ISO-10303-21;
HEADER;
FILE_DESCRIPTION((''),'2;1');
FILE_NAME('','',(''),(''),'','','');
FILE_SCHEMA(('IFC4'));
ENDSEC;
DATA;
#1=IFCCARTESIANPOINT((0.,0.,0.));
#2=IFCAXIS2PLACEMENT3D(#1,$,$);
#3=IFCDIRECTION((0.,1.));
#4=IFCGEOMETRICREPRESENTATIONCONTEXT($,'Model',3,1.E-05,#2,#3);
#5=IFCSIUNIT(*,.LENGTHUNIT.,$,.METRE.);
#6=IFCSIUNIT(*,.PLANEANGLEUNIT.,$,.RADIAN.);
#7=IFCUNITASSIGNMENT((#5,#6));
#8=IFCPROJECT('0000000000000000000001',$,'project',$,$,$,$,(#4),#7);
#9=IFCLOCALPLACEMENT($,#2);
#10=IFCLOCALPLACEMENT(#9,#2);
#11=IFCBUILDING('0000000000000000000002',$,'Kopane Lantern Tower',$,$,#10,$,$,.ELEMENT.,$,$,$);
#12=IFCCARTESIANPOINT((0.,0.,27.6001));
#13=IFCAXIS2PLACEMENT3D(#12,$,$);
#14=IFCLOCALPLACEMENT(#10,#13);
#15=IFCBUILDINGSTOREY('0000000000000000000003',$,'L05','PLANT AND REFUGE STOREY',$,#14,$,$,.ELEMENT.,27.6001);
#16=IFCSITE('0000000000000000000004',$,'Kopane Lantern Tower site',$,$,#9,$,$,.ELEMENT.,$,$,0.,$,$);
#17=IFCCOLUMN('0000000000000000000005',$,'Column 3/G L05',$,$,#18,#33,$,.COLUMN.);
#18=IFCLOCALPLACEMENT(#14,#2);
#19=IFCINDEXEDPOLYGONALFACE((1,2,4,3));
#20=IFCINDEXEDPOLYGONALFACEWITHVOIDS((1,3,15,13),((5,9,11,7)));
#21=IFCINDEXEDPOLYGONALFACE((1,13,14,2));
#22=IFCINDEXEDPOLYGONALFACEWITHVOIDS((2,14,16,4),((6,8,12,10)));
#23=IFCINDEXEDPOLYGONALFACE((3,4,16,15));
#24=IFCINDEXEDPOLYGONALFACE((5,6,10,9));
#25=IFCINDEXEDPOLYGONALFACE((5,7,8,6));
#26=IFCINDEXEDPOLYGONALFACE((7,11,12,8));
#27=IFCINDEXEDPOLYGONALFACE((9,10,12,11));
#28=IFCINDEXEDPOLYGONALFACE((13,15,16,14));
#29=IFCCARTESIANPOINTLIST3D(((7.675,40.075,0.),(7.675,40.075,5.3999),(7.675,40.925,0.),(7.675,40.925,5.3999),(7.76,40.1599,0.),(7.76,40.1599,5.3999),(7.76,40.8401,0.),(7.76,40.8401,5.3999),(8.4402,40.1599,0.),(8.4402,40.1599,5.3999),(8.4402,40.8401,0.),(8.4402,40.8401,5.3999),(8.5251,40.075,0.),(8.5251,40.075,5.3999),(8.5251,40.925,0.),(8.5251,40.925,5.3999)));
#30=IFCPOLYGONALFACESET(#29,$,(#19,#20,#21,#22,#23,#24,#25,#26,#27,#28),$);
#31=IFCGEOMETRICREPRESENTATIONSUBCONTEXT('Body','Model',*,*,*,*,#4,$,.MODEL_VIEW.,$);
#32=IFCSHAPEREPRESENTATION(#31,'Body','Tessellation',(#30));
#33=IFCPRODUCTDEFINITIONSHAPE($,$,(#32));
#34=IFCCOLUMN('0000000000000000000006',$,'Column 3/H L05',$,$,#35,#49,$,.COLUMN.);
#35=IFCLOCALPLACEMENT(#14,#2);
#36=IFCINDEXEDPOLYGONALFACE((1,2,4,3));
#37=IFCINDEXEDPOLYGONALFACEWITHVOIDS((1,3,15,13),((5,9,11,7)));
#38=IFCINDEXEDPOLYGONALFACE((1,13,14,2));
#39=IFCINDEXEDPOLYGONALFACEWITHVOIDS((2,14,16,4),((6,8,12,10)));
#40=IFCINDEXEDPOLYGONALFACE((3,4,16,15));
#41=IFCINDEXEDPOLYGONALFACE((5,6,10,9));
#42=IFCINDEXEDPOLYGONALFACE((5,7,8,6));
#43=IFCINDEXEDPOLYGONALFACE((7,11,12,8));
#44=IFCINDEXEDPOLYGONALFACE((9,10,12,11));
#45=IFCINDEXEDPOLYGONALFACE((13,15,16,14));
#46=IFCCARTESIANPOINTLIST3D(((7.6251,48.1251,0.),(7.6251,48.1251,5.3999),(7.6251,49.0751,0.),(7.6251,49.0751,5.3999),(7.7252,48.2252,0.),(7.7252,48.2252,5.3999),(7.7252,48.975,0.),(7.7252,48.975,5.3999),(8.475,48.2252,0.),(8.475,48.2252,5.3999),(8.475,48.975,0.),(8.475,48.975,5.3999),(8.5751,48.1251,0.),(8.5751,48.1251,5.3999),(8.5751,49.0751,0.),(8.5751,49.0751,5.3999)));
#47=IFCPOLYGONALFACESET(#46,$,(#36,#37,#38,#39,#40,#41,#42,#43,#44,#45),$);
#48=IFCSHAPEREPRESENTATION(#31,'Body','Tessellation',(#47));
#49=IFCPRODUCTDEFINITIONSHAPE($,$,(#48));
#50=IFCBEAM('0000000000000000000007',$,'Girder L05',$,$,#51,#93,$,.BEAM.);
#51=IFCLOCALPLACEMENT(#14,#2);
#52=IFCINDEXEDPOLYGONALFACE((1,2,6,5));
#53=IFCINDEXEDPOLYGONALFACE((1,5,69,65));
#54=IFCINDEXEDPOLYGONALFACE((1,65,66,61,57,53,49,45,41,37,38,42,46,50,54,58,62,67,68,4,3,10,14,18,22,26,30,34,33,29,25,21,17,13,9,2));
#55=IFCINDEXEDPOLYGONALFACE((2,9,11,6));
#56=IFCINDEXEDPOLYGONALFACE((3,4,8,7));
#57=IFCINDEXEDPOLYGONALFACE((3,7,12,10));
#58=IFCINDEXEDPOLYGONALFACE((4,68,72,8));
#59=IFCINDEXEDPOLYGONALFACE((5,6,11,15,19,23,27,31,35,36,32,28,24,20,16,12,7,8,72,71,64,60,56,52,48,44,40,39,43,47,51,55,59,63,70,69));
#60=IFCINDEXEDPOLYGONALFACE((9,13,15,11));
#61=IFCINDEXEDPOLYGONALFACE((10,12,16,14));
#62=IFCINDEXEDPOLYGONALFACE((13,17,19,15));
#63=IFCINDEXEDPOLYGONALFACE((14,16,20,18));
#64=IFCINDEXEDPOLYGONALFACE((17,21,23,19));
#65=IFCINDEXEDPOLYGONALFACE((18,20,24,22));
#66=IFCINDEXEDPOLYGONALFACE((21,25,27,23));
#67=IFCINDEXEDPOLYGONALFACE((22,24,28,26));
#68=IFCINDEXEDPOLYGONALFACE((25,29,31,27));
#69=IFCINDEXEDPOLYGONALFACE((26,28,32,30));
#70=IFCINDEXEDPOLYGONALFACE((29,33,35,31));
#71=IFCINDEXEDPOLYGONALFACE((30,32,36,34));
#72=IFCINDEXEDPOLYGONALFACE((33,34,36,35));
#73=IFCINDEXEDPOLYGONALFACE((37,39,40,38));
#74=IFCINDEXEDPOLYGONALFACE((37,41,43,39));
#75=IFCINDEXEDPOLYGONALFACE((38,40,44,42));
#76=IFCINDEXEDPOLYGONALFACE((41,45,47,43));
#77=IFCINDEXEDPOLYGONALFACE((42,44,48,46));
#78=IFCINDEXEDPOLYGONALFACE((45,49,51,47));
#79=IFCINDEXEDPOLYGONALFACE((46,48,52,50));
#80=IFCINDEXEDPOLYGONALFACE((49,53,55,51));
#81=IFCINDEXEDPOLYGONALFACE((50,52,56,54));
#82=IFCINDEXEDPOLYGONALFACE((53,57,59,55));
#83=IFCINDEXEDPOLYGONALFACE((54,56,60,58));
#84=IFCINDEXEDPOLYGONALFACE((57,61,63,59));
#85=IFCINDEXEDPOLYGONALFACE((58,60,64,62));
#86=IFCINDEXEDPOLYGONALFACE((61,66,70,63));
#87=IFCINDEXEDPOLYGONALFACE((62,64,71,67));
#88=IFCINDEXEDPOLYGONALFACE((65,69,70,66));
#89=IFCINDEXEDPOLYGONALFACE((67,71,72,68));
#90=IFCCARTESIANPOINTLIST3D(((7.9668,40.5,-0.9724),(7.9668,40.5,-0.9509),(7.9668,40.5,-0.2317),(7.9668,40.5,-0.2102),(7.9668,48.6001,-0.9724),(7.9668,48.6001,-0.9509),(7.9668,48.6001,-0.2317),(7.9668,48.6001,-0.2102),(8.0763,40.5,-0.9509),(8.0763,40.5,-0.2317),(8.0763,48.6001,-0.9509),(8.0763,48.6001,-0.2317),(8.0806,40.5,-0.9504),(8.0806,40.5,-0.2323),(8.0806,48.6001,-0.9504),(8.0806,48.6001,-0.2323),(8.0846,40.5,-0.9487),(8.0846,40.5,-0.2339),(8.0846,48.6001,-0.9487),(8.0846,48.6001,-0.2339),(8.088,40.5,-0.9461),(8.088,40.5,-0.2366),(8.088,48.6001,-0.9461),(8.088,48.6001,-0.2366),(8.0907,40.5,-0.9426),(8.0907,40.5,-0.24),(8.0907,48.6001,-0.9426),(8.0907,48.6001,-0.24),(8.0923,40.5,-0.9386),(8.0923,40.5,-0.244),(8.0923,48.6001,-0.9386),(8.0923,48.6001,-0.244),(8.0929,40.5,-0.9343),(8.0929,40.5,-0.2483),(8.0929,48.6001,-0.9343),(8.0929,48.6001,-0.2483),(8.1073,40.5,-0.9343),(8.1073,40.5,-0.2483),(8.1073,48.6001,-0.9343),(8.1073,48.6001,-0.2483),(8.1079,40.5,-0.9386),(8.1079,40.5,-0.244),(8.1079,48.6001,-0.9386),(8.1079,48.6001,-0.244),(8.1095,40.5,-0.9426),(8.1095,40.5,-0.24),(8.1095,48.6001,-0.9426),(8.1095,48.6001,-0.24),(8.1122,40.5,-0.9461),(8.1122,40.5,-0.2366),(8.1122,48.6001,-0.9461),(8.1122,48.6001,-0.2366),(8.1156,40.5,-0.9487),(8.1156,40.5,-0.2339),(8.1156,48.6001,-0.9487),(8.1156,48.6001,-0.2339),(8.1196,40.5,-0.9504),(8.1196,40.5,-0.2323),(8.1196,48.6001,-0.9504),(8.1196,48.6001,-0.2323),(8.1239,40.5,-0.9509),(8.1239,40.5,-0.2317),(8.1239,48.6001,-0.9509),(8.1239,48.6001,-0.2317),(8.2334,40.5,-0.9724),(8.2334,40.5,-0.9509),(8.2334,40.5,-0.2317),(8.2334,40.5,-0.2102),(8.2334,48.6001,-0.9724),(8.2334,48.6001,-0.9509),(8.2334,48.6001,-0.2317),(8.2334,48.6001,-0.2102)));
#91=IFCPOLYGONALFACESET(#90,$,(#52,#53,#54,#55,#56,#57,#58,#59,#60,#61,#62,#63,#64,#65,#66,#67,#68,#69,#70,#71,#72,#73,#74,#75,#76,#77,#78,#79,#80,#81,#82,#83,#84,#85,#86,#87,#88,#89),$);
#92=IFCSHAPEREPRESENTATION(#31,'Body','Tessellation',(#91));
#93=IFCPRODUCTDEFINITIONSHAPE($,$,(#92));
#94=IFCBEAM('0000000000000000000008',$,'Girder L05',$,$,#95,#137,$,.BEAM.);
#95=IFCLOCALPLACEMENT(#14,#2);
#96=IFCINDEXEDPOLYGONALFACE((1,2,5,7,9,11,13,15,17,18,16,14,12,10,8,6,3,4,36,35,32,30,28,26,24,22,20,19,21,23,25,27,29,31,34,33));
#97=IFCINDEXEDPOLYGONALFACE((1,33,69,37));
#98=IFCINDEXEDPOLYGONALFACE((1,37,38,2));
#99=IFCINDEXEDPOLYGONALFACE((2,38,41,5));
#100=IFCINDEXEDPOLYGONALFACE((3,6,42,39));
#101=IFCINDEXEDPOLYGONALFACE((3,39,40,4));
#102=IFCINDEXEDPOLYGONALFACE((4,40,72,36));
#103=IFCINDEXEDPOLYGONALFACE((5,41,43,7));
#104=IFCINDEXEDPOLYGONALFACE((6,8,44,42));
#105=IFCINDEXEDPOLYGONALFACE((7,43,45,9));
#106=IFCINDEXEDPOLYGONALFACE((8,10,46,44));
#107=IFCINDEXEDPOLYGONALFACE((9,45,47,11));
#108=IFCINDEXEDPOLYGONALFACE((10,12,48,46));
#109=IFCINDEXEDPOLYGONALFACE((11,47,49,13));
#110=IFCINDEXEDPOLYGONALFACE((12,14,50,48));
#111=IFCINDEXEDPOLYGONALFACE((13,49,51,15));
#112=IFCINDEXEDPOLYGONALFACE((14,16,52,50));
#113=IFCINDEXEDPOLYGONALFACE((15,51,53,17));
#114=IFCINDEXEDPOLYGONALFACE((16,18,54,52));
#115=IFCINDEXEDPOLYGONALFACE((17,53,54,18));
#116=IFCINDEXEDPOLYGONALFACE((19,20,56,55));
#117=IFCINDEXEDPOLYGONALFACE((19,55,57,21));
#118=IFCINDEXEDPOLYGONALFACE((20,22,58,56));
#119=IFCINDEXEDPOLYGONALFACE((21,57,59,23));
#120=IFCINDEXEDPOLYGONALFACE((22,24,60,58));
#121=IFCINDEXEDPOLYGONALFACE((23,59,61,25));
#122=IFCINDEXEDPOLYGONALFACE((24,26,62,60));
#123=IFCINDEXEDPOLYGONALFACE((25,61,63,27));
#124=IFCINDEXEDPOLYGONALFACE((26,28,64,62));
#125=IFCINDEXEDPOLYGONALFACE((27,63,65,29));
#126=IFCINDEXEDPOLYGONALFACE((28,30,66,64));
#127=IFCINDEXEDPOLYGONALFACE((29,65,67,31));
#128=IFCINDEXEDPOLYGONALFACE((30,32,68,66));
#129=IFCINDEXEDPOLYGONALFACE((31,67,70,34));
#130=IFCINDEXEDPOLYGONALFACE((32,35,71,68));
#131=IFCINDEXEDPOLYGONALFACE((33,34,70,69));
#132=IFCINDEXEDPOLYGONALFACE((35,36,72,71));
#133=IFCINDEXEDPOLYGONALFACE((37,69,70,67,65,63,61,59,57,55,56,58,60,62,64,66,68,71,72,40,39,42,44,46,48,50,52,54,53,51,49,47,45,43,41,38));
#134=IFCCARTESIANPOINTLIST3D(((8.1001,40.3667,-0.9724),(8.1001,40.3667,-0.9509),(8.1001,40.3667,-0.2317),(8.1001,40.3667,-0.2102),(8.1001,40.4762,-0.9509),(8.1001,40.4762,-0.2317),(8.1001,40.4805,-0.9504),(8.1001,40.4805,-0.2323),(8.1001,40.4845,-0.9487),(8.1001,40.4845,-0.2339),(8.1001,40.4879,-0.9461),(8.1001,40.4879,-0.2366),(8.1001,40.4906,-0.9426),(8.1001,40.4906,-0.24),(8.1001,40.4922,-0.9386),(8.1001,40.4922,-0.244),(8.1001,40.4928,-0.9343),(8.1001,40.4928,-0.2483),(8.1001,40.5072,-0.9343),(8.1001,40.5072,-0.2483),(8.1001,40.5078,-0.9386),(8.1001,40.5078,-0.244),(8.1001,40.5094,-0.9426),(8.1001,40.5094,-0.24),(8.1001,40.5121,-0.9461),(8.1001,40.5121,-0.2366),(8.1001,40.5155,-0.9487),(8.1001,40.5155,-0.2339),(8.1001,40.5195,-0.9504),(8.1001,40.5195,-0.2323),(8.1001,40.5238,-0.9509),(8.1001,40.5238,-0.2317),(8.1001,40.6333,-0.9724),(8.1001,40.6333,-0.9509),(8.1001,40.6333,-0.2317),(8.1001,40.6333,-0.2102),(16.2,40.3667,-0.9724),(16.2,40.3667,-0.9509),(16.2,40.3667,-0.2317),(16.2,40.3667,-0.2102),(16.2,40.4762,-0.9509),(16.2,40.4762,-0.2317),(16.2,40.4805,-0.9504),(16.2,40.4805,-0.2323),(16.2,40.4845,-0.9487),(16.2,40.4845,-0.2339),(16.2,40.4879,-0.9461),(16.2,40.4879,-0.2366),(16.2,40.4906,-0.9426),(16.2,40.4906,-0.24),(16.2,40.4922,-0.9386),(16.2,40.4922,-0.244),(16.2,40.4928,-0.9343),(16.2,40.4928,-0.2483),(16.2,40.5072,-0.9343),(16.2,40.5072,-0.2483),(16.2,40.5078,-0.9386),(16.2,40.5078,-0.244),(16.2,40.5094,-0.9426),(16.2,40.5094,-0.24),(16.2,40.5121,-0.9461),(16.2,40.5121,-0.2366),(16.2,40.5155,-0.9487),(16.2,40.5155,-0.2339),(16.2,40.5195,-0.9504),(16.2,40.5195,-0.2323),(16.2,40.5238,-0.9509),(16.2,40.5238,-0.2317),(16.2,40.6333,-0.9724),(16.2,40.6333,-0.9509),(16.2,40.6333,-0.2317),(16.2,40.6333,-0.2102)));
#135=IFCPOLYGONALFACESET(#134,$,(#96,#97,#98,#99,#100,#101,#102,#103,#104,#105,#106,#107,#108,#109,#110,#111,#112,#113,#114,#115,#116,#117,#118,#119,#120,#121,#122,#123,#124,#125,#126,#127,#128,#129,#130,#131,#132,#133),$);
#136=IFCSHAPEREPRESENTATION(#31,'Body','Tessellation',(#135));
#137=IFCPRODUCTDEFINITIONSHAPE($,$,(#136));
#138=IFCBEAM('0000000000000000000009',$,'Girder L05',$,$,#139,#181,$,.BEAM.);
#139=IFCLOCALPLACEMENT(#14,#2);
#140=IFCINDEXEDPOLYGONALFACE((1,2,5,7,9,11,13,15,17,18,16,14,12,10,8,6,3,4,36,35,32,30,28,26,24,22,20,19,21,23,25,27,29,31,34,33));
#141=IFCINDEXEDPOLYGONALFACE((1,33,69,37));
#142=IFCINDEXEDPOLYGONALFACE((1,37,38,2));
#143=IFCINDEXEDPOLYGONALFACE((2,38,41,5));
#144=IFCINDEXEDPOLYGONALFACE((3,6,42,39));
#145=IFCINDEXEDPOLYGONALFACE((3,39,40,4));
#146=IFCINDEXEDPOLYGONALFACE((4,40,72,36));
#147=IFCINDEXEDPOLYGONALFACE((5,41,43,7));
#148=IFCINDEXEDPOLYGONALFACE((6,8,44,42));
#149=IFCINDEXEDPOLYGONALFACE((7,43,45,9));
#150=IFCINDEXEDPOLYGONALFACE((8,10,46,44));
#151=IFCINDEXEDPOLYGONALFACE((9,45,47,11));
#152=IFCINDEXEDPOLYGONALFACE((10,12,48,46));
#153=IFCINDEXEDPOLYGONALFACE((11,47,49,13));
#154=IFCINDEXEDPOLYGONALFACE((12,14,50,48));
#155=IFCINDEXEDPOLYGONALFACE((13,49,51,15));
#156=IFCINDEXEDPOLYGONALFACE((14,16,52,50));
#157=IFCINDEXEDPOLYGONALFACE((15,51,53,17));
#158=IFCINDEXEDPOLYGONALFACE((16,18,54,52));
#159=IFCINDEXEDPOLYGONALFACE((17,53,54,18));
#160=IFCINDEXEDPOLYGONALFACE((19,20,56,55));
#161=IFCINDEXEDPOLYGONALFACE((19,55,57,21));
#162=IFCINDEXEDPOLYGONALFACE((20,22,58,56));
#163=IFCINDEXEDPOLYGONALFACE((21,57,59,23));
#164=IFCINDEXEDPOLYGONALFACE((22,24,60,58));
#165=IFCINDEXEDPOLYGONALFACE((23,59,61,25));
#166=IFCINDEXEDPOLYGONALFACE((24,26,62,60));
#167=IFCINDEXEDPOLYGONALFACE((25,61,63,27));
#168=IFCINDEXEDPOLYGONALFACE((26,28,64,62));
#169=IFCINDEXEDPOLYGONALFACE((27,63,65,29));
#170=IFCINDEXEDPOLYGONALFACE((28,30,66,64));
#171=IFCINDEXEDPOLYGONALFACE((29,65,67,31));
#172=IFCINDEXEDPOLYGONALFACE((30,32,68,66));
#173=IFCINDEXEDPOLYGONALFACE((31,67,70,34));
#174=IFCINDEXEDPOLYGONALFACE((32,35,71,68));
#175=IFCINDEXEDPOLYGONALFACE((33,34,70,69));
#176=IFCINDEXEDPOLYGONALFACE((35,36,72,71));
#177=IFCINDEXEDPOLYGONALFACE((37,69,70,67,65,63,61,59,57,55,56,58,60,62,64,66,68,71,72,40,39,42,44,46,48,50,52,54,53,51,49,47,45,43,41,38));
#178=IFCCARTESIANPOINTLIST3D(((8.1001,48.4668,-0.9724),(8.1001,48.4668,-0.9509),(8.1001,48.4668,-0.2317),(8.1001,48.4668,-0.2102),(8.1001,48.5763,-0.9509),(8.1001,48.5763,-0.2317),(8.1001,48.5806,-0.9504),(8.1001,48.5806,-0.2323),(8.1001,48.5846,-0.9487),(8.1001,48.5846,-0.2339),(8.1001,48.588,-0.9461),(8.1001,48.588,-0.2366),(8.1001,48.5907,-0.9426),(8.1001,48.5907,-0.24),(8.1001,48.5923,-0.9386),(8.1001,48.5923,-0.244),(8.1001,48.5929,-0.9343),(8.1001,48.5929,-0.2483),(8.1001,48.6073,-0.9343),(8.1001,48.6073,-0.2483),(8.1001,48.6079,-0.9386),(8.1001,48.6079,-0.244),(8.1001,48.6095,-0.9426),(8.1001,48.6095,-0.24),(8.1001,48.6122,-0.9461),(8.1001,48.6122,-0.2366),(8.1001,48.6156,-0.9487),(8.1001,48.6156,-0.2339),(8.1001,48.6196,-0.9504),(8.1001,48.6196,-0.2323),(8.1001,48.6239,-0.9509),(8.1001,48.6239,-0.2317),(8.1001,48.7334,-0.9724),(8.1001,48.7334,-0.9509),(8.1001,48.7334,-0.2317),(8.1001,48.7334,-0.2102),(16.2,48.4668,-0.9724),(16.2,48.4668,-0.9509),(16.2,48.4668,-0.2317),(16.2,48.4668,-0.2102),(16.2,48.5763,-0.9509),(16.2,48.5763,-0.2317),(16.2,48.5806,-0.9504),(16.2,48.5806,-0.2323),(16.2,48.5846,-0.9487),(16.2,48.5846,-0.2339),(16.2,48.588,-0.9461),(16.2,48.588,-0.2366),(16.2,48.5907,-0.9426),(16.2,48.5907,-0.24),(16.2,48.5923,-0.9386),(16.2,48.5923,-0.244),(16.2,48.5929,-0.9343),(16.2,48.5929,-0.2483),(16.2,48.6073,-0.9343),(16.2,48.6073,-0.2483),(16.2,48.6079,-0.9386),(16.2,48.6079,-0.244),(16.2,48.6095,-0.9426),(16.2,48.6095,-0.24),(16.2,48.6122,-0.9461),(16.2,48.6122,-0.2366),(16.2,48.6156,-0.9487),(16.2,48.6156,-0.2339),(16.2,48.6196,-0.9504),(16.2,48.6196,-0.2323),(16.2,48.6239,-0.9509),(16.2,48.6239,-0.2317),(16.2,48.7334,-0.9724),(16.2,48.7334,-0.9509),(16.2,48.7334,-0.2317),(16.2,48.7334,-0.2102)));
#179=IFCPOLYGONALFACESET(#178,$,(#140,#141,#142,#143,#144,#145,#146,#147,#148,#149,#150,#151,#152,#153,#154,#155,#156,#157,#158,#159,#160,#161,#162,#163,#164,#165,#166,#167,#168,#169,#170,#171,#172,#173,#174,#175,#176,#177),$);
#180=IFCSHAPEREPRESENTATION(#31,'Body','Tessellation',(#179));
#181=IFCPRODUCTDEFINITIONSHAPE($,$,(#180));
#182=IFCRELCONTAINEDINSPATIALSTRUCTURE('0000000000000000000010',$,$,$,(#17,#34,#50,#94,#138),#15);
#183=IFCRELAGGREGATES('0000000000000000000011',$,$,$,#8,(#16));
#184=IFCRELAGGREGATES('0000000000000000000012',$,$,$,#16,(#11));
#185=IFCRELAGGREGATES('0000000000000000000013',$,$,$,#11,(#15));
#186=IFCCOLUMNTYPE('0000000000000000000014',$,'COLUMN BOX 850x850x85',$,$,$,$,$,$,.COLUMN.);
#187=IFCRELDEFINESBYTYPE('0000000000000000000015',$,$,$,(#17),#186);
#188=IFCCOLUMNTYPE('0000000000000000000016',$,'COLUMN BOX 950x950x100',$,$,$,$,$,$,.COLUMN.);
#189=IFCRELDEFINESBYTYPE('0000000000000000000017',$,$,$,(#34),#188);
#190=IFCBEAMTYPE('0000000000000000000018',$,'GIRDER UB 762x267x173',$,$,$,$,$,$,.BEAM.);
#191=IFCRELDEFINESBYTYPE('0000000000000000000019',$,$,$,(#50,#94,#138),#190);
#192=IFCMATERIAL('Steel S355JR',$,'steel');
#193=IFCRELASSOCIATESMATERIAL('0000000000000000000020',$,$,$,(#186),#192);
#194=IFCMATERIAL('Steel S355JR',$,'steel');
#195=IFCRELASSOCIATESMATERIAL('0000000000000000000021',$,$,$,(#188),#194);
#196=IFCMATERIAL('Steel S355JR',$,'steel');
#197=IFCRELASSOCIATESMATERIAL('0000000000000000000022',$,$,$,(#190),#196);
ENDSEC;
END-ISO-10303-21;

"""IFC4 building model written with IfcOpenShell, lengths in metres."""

from ifc_helpers import new_model, si_unit, direction, frame, origin, origin_2d, place, context, subcontext, project, spatial, hollow_rectangle, i_section, extrude, material, material_profile, profile_set, type_object, element, save


model = new_model("IFC4")

# Units and contexts
model_context = context("Model", 3, precision=1e-05, world=origin(), true_north=direction((0.0, 1.0)))
body_context = subcontext(model_context, "Body", "Model", "MODEL_VIEW")
ifc_project = project(units=[si_unit("LENGTHUNIT", "METRE"), si_unit("PLANEANGLEUNIT", "RADIAN")], contexts=[model_context])

# Site, building, storey
site_placement = place(None, origin())
site = spatial("IfcSite", under=ifc_project, at=site_placement, Name="Kopane Lantern Tower site", CompositionType="ELEMENT", RefElevation=0.0)
building_placement = place(site_placement, origin())
building = spatial("IfcBuilding", under=site, at=building_placement, Name="Kopane Lantern Tower", CompositionType="ELEMENT")
storey_placement = place(building_placement, frame((0.0, 0.0, 27.6001)))
storey = spatial("IfcBuildingStorey", under=building, at=storey_placement, Name="L05", Description="PLANT AND REFUGE STOREY", CompositionType="ELEMENT", Elevation=27.6001)

# Columns
ifc_material_1 = material(Name="Steel S355JR", Category="steel")
ifc_material_profile_1 = material_profile(ifc_material_1, hollow_rectangle(XDim=0.8501, YDim=0.8501, WallThickness=0.085, at=origin_2d()), Name="BOX 850x850x85")
ifc_profile_set_1 = profile_set([ifc_material_profile_1], Name="Steel S355JR")
column_type_1 = type_object("IfcColumnType", Name="COLUMN BOX 850x850x85", PredefinedType="COLUMN", material=ifc_profile_set_1)
column_1_placement = place(storey_placement, frame((8.1001, 40.5, 0.0), z_axis=(0.0, 0.0, 1.0), x_axis=(1.0, 0.0, 0.0)))
element("IfcColumn", 1, at=column_1_placement, inside=storey, type_object=column_type_1, Name="Column 3/G L05", PredefinedType="COLUMN", context=body_context, shape_type="SweptSolid", body=[
    extrude(hollow_rectangle(XDim=0.8501, YDim=0.8501, WallThickness=0.085, at=origin_2d()), origin(), (0.0, 0.0, 1.0), 5.3999),
])
ifc_material_2 = material(Name="Steel S355JR", Category="steel")
ifc_material_profile_2 = material_profile(ifc_material_2, hollow_rectangle(XDim=0.95, YDim=0.95, WallThickness=0.1001, at=origin_2d()), Name="BOX 950x950x100")
ifc_profile_set_2 = profile_set([ifc_material_profile_2], Name="Steel S355JR")
column_type_2 = type_object("IfcColumnType", Name="COLUMN BOX 950x950x100", PredefinedType="COLUMN", material=ifc_profile_set_2)
column_2_placement = place(storey_placement, frame((8.1001, 48.6001, 0.0), z_axis=(0.0, 0.0, 1.0), x_axis=(1.0, 0.0, 0.0)))
element("IfcColumn", 2, at=column_2_placement, inside=storey, type_object=column_type_2, Name="Column 3/H L05", PredefinedType="COLUMN", context=body_context, shape_type="SweptSolid", body=[
    extrude(hollow_rectangle(XDim=0.95, YDim=0.95, WallThickness=0.1001, at=origin_2d()), origin(), (0.0, 0.0, 1.0), 5.3999),
])

# Beams
ifc_material_3 = material(Name="Steel S355JR", Category="steel")
ifc_material_profile_3 = material_profile(ifc_material_3, i_section(OverallWidth=0.2666, OverallDepth=0.7622, WebThickness=0.0144, FlangeThickness=0.0215, FilletRadius=0.0166, at=origin_2d()), Name="UB 762x267x173")
ifc_profile_set_3 = profile_set([ifc_material_profile_3], Name="Steel S355JR")
beam_type = type_object("IfcBeamType", Name="GIRDER UB 762x267x173", PredefinedType="BEAM", material=ifc_profile_set_3)
beam_placement = place(storey_placement, frame((8.1001, 40.5, -0.5913), z_axis=(0.0, 1.0, 0.0), x_axis=(-1.0, 0.0, 0.0)))
element("IfcBeam", 3, at=beam_placement, inside=storey, type_object=beam_type, Name="Girder L05", PredefinedType="BEAM", context=body_context, shape_type="SweptSolid", body=[
    extrude(i_section(OverallWidth=0.2666, OverallDepth=0.7622, WebThickness=0.0144, FlangeThickness=0.0215, FilletRadius=0.0166, at=origin_2d()), origin(), (0.0, 0.0, 1.0), 8.1001),
])
for number, where, z_axis, x_axis, name in (
    (4, (8.1001, 40.5, -0.5913), (1.0, 0.0, 0.0), (0.0, 1.0, 0.0), "Girder L05"),
    (5, (8.1001, 48.6001, -0.5913), (1.0, 0.0, 0.0), (0.0, 1.0, 0.0), "Girder L05"),
):
    element("IfcBeam", number, at=place(storey_placement, frame(where, z_axis=z_axis, x_axis=x_axis)), inside=storey, type_object=beam_type, Name=name, PredefinedType="BEAM", context=body_context, shape_type="SweptSolid", body=[
        extrude(i_section(OverallWidth=0.2666, OverallDepth=0.7622, WebThickness=0.0144, FlangeThickness=0.0215, FilletRadius=0.0166, at=origin_2d()), origin(), (0.0, 0.0, 1.0), 8.0999),
    ])

save(model, "model.ifc")
